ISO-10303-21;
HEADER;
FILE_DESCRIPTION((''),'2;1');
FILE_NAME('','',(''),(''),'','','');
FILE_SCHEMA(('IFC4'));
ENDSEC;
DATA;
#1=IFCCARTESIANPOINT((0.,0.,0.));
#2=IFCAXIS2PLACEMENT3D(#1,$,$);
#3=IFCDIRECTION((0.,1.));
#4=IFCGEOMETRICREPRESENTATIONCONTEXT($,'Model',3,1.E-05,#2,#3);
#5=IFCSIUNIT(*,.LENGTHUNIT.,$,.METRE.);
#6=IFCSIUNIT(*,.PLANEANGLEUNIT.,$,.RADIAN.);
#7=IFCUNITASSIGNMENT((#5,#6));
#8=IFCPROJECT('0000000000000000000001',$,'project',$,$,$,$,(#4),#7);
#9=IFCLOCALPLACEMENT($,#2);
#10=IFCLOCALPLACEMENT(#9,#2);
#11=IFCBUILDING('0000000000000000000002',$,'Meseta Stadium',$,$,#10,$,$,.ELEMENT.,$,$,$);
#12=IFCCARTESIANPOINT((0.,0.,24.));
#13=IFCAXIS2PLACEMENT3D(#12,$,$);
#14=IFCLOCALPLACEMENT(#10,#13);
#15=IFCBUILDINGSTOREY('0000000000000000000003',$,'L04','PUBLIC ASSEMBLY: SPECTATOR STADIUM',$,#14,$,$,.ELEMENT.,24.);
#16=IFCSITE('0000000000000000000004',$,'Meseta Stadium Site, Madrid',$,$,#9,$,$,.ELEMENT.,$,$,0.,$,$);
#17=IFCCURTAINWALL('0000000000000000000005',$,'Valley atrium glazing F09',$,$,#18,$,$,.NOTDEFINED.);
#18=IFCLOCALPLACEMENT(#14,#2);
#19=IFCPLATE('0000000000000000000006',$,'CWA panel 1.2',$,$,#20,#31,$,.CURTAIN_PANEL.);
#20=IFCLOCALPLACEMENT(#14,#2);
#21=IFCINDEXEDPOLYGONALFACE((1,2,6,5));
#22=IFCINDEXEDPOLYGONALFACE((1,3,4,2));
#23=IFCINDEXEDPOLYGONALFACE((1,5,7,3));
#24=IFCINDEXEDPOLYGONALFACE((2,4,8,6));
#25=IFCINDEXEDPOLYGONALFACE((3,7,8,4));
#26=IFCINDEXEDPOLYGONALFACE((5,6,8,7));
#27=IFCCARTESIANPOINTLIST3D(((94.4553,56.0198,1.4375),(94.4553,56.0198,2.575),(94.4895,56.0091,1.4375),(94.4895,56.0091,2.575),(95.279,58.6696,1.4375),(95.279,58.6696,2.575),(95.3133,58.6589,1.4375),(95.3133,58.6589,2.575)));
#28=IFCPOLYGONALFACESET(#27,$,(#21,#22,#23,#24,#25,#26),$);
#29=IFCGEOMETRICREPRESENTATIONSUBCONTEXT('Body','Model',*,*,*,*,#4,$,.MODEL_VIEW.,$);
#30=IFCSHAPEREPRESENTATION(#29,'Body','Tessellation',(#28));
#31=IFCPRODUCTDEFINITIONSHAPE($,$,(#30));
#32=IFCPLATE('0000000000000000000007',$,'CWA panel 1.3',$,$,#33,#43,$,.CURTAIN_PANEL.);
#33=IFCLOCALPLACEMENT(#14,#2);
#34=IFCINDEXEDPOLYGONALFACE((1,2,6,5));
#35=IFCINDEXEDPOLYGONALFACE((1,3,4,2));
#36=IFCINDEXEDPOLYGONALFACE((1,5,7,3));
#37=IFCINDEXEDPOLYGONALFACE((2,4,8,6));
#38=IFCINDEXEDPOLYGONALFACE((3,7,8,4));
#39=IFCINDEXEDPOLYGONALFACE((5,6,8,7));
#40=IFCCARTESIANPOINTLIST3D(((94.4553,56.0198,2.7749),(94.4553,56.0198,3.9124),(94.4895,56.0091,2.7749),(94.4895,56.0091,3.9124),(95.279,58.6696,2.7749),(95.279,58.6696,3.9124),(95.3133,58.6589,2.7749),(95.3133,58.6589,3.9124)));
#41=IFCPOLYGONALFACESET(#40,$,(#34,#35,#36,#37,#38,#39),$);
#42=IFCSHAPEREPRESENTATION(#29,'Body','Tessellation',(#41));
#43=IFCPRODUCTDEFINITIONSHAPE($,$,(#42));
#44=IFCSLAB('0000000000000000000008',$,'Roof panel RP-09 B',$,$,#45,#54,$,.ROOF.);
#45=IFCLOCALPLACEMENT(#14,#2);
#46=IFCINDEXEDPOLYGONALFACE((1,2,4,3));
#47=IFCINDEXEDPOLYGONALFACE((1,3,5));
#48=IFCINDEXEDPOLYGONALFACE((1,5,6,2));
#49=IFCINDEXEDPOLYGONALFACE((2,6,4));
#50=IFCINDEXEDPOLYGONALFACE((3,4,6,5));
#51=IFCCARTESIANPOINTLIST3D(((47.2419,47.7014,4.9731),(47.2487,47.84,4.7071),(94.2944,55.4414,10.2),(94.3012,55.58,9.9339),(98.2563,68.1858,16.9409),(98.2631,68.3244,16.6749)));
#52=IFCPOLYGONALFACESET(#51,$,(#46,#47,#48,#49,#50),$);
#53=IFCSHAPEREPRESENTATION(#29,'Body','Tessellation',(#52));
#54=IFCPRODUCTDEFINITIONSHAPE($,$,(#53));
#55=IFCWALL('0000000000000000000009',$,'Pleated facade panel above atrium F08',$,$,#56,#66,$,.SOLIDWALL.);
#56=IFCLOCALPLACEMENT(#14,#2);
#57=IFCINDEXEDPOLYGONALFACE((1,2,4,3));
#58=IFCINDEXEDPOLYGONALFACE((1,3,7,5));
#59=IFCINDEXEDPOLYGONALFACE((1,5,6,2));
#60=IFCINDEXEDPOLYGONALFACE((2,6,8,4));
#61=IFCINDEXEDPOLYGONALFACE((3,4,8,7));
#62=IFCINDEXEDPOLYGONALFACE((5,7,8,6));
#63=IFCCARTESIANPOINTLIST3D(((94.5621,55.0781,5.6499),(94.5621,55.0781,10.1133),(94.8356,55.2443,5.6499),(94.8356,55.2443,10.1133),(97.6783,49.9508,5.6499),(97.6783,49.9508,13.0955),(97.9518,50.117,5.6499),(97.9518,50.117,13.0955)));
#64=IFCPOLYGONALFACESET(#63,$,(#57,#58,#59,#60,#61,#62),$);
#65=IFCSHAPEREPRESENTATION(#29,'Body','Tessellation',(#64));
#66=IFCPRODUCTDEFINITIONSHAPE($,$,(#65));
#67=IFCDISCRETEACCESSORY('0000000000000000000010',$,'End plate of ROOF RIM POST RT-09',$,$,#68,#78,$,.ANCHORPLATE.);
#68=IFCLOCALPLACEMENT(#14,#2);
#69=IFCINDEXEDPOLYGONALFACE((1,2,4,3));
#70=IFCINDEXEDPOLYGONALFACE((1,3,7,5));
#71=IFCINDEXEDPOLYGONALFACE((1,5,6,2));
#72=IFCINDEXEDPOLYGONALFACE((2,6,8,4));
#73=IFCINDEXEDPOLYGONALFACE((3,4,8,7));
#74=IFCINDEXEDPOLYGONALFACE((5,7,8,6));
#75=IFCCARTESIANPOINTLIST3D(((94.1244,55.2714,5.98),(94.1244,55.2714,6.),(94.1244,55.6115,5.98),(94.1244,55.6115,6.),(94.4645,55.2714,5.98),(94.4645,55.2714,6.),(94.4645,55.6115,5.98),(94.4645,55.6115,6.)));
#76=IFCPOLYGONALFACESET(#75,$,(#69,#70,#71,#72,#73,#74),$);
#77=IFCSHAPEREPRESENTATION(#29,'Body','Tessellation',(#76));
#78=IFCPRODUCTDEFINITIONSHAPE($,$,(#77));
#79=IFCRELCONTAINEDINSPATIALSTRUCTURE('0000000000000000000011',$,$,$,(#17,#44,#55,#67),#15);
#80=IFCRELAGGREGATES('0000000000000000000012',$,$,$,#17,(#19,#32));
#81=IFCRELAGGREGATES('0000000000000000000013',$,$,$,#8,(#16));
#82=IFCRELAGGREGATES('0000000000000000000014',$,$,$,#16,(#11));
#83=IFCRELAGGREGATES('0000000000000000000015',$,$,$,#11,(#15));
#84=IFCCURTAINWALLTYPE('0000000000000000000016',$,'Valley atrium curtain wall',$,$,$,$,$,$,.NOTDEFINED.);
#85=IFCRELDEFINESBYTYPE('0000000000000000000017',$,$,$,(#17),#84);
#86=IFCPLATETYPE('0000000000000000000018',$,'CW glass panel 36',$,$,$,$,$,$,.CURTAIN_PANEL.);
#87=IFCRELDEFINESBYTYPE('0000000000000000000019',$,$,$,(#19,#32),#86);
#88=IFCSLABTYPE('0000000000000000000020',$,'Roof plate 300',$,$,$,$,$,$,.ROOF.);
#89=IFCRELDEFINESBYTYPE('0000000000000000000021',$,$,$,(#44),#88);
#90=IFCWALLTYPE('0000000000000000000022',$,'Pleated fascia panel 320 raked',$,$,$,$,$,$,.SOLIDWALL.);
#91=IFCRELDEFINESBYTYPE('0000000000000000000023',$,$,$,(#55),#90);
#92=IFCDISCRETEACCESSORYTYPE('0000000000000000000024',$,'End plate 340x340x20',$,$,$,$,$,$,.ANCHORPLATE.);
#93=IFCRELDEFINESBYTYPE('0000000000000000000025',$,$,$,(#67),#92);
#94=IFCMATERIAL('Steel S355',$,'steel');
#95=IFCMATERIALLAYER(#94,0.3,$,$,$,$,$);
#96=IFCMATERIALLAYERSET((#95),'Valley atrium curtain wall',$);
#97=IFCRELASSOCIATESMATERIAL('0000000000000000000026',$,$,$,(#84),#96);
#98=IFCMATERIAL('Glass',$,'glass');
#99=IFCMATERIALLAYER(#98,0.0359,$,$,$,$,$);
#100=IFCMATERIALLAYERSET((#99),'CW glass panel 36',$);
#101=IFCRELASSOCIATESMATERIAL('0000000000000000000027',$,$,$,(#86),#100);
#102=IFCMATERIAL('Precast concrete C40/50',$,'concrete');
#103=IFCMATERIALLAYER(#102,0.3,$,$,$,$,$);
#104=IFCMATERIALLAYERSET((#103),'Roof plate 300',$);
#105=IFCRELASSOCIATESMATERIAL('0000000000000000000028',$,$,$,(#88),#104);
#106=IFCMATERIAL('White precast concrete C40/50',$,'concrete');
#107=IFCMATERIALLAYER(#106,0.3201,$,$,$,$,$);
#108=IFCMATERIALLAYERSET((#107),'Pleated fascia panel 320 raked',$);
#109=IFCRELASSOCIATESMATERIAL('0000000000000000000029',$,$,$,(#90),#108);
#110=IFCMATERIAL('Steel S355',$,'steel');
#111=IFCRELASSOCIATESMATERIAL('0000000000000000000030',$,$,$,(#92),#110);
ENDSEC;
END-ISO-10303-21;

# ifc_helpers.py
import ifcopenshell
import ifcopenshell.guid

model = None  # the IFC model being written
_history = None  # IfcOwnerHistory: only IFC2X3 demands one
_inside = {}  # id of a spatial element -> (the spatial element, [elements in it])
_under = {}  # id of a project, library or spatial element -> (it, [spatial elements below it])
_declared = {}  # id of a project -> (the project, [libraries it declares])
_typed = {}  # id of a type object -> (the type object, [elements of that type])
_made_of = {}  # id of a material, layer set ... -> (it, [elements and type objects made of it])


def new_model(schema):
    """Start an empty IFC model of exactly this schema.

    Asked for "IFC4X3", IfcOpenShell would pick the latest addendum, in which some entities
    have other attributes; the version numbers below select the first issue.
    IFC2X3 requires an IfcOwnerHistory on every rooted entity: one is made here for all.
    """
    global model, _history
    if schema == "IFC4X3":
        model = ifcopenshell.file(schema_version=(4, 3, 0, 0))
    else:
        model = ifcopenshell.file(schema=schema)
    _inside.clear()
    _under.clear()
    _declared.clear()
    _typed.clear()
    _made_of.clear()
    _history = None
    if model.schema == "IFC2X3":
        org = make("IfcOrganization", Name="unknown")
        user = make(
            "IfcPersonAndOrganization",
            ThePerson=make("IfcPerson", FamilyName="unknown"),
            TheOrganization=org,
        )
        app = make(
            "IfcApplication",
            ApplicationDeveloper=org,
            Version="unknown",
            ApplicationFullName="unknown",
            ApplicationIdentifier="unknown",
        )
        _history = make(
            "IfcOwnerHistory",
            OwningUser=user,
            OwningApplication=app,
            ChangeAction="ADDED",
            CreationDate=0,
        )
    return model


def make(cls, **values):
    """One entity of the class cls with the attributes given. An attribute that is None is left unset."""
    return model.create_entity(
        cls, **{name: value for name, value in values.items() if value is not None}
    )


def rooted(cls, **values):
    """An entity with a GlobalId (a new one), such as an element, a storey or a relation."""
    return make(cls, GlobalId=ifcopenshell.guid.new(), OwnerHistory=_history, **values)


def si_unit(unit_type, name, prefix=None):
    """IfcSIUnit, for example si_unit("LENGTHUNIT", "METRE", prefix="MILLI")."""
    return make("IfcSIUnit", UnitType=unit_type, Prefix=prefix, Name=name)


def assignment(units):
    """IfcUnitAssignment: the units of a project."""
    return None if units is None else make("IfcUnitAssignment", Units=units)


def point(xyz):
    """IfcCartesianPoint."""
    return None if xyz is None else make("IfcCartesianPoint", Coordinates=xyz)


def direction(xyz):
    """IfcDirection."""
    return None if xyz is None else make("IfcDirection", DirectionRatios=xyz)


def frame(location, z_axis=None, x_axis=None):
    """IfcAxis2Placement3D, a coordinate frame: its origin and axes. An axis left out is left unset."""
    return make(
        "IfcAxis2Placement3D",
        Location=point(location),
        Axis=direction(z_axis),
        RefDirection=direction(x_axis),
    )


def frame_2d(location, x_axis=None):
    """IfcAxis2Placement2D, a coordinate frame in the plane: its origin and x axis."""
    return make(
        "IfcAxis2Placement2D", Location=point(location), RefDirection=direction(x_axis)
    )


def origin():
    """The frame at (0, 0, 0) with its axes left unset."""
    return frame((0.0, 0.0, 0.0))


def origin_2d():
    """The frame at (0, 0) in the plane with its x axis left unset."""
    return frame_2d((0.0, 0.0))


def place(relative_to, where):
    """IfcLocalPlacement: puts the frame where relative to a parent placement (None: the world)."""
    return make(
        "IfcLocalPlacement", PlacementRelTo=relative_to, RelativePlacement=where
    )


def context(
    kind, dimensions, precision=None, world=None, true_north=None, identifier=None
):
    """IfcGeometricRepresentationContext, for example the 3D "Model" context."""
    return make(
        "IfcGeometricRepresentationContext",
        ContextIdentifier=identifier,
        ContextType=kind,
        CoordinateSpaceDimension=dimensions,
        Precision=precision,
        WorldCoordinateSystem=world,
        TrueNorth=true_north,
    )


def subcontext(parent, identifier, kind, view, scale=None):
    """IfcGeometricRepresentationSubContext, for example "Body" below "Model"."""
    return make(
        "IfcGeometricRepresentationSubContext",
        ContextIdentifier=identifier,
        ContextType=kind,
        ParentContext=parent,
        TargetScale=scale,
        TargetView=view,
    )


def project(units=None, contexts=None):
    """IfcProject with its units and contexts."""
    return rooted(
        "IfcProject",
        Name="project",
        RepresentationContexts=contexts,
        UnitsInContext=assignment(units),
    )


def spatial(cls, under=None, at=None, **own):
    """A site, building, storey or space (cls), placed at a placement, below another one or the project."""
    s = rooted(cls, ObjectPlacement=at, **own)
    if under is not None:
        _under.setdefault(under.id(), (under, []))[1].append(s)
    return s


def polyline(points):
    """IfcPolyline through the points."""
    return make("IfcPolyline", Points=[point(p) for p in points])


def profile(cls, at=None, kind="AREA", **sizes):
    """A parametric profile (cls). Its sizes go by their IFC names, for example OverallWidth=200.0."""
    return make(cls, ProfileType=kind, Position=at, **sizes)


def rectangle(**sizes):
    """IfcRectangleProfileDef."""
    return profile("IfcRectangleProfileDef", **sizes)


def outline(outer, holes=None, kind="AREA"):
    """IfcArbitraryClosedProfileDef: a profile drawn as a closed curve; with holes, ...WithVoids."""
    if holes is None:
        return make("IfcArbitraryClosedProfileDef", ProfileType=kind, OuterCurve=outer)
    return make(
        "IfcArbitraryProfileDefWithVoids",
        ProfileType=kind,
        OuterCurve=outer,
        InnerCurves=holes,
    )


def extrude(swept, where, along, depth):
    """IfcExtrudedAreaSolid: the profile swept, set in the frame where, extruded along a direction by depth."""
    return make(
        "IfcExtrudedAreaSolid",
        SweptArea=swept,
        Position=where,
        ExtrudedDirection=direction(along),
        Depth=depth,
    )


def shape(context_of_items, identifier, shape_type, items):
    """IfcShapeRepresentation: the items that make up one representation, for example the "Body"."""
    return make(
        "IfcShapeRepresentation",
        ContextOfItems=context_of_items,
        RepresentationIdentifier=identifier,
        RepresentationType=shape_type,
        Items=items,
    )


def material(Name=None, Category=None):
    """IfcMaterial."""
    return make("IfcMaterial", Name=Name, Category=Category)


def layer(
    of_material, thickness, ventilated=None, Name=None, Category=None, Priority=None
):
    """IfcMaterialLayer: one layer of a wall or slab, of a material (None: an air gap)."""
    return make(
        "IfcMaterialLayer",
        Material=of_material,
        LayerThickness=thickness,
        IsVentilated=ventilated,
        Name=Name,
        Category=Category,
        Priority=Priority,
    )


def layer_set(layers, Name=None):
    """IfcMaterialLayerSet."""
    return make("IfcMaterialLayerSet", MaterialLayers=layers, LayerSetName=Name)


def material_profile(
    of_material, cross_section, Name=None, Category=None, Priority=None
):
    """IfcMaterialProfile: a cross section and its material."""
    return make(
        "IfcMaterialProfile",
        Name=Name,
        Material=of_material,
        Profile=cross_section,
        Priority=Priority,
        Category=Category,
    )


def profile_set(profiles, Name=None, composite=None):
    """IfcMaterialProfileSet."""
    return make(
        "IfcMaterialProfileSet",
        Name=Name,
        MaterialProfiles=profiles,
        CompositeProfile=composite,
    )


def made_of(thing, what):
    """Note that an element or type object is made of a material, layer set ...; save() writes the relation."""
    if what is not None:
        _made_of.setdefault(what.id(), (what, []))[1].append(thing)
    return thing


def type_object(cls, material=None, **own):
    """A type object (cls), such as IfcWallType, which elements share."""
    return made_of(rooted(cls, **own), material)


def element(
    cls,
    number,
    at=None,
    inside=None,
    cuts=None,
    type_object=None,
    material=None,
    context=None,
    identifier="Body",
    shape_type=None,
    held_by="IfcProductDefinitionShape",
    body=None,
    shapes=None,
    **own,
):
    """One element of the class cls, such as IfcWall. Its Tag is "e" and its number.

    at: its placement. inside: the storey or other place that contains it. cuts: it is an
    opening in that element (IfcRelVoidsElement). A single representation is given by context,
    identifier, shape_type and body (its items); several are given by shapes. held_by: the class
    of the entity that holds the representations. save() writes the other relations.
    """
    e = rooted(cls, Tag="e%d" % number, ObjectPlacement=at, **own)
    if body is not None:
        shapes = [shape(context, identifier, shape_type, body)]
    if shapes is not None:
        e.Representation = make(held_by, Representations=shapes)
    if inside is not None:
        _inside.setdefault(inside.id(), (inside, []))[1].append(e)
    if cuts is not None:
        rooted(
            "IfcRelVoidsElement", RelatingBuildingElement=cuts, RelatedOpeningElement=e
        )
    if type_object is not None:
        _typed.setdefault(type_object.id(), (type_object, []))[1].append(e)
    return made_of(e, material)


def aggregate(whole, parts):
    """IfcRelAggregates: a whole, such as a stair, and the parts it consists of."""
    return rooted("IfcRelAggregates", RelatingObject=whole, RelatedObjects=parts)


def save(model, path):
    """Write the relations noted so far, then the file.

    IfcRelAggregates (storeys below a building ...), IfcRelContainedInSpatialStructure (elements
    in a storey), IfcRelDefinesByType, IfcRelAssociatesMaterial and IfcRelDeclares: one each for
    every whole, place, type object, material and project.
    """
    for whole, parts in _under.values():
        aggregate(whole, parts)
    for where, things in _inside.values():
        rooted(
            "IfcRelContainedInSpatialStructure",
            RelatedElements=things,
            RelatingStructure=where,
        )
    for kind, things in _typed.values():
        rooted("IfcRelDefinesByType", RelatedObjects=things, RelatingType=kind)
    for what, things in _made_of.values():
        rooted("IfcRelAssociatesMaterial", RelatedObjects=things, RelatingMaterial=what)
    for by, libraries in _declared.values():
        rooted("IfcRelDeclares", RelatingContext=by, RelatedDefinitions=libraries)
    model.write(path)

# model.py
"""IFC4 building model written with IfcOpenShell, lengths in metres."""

from ifc_helpers import new_model, si_unit, direction, frame, origin, origin_2d, place, context, subcontext, project, spatial, polyline, rectangle, outline, extrude, material, layer, layer_set, material_profile, profile_set, type_object, element, aggregate, save


model = new_model("IFC4")

# Units and contexts
model_context = context("Model", 3, precision=1e-05, world=origin(), true_north=direction((0.0, 1.0)))
body_context = subcontext(model_context, "Body", "Model", "MODEL_VIEW")
ifc_project = project(units=[si_unit("LENGTHUNIT", "METRE"), si_unit("PLANEANGLEUNIT", "RADIAN")], contexts=[model_context])

# Site, building, storey
site_placement = place(None, origin())
site = spatial("IfcSite", under=ifc_project, at=site_placement, Name="Meseta Stadium Site, Madrid", CompositionType="ELEMENT", RefElevation=0.0)
building_placement = place(site_placement, origin())
building = spatial("IfcBuilding", under=site, at=building_placement, Name="Meseta Stadium", CompositionType="ELEMENT")
storey_placement = place(building_placement, frame((0.0, 0.0, 24.0)))
storey = spatial("IfcBuildingStorey", under=building, at=storey_placement, Name="L04", Description="PUBLIC ASSEMBLY: SPECTATOR STADIUM", CompositionType="ELEMENT", Elevation=24.0)

# Shared definitions
ifc_material_1 = material(Name="Steel S355", Category="steel")
ifc_layer_1 = layer(ifc_material_1, 0.3)
ifc_layer_set_1 = layer_set([ifc_layer_1], Name="Valley atrium curtain wall")
curtain_wall_type = type_object("IfcCurtainWallType", Name="Valley atrium curtain wall", PredefinedType="NOTDEFINED", material=ifc_layer_set_1)

# Curtain wall
curtain_wall_1_placement = place(storey_placement, origin())
curtain_wall_1 = element("IfcCurtainWall", 1, at=curtain_wall_1_placement, inside=storey, type_object=curtain_wall_type, Name="Valley atrium glazing F09", PredefinedType="NOTDEFINED")

# Plates
ifc_material_2 = material(Name="Glass", Category="glass")
ifc_layer_2 = layer(ifc_material_2, 0.0359)
ifc_layer_set_2 = layer_set([ifc_layer_2], Name="CW glass panel 36")
plate_type = type_object("IfcPlateType", Name="CW glass panel 36", PredefinedType="CURTAIN_PANEL", material=ifc_layer_set_2)
plate_1_placement = place(storey_placement, frame((94.8843, 57.3394, 1.4375), z_axis=(0.0, 0.0, 1.0), x_axis=(0.296869, 0.954918, 0.0)))
plate_1 = element("IfcPlate", 2, at=plate_1_placement, type_object=plate_type, Name="CWA panel 1.2", PredefinedType="CURTAIN_PANEL", context=body_context, shape_type="SweptSolid", body=[
    extrude(rectangle(XDim=2.7749, YDim=0.0359, at=origin_2d()), origin(), (0.0, 0.0, 1.0), 1.1375),
])
plate_2_placement = place(storey_placement, frame((94.8843, 57.3394, 2.7749), z_axis=(0.0, 0.0, 1.0), x_axis=(0.296869, 0.954918, 0.0)))
plate_2 = element("IfcPlate", 3, at=plate_2_placement, type_object=plate_type, Name="CWA panel 1.3", PredefinedType="CURTAIN_PANEL", context=body_context, shape_type="SweptSolid", body=[
    extrude(rectangle(XDim=2.7749, YDim=0.0359, at=origin_2d()), origin(), (0.0, 0.0, 1.0), 1.1375),
])
aggregate(curtain_wall_1, [plate_1, plate_2])

# Slab
ifc_material_3 = material(Name="Precast concrete C40/50", Category="concrete")
ifc_layer_3 = layer(ifc_material_3, 0.3)
ifc_layer_set_3 = layer_set([ifc_layer_3], Name="Roof plate 300")
slab_type = type_object("IfcSlabType", Name="Roof plate 300", PredefinedType="ROOF", material=ifc_layer_set_3)
slab_placement = place(storey_placement, frame((94.2944, 55.4414, 10.2), z_axis=(-0.022497, -0.461967, 0.886612), x_axis=(-0.980864, -0.161349, -0.108959)))
element("IfcSlab", 4, at=slab_placement, inside=storey, type_object=slab_type, Name="Roof panel RP-09 B", PredefinedType="ROOF", context=body_context, shape_type="SweptSolid", body=[
    extrude(outline(polyline([(0.0, 0.0), (47.9704, 0.0), (-6.6769, -13.3782), (0.0, 0.0)])), origin(), (0.0, 0.0, -1.0), 0.3),
])

# Wall
ifc_material_4 = material(Name="White precast concrete C40/50", Category="concrete")
ifc_layer_4 = layer(ifc_material_4, 0.3201)
ifc_layer_set_4 = layer_set([ifc_layer_4], Name="Pleated fascia panel 320 raked")
wall_type = type_object("IfcWallType", Name="Pleated fascia panel 320 raked", PredefinedType="SOLIDWALL", material=ifc_layer_set_4)
wall_placement = place(storey_placement, frame((94.6987, 55.1611, 5.6499), z_axis=(0.0, 0.0, 1.0), x_axis=(0.519376, -0.854546, 0.0)))
element("IfcWall", 5, at=wall_placement, inside=storey, type_object=wall_type, Name="Pleated facade panel above atrium F08", PredefinedType="SOLIDWALL", context=body_context, shape_type="SweptSolid", body=[
    extrude(outline(polyline([(0.0, 0.0), (6.0, 0.0), (6.0, 7.4456), (0.0, 4.4634), (0.0, 0.0)])), frame((0.0, 0.1602, 0.0), z_axis=(0.0, -1.0, 0.0), x_axis=(1.0, 0.0, 0.0)), (0.0, 0.0, 1.0), 0.3201),
])

# Discrete accessory
ifc_material_5 = material(Name="Steel S355", Category="steel")
ifc_material_profile_1 = material_profile(ifc_material_5, rectangle(XDim=0.3401, YDim=0.3401, at=origin_2d()), Name="PL 340x340")
ifc_profile_set_1 = profile_set([ifc_material_profile_1], Name="Steel S355")
discrete_accessory_type = type_object("IfcDiscreteAccessoryType", Name="End plate 340x340x20", PredefinedType="ANCHORPLATE", material=ifc_profile_set_1)
discrete_accessory_placement = place(storey_placement, frame((94.2944, 55.4414, 5.98), z_axis=(0.0, 0.0, 1.0), x_axis=(1.0, 0.0, 0.0)))
element("IfcDiscreteAccessory", 6, at=discrete_accessory_placement, inside=storey, type_object=discrete_accessory_type, Name="End plate of ROOF RIM POST RT-09", PredefinedType="ANCHORPLATE", context=body_context, shape_type="SweptSolid", body=[
    extrude(rectangle(XDim=0.3401, YDim=0.3401, at=origin_2d()), origin(), (0.0, 0.0, 1.0), 0.02),
])

save(model, "model.ifc")
